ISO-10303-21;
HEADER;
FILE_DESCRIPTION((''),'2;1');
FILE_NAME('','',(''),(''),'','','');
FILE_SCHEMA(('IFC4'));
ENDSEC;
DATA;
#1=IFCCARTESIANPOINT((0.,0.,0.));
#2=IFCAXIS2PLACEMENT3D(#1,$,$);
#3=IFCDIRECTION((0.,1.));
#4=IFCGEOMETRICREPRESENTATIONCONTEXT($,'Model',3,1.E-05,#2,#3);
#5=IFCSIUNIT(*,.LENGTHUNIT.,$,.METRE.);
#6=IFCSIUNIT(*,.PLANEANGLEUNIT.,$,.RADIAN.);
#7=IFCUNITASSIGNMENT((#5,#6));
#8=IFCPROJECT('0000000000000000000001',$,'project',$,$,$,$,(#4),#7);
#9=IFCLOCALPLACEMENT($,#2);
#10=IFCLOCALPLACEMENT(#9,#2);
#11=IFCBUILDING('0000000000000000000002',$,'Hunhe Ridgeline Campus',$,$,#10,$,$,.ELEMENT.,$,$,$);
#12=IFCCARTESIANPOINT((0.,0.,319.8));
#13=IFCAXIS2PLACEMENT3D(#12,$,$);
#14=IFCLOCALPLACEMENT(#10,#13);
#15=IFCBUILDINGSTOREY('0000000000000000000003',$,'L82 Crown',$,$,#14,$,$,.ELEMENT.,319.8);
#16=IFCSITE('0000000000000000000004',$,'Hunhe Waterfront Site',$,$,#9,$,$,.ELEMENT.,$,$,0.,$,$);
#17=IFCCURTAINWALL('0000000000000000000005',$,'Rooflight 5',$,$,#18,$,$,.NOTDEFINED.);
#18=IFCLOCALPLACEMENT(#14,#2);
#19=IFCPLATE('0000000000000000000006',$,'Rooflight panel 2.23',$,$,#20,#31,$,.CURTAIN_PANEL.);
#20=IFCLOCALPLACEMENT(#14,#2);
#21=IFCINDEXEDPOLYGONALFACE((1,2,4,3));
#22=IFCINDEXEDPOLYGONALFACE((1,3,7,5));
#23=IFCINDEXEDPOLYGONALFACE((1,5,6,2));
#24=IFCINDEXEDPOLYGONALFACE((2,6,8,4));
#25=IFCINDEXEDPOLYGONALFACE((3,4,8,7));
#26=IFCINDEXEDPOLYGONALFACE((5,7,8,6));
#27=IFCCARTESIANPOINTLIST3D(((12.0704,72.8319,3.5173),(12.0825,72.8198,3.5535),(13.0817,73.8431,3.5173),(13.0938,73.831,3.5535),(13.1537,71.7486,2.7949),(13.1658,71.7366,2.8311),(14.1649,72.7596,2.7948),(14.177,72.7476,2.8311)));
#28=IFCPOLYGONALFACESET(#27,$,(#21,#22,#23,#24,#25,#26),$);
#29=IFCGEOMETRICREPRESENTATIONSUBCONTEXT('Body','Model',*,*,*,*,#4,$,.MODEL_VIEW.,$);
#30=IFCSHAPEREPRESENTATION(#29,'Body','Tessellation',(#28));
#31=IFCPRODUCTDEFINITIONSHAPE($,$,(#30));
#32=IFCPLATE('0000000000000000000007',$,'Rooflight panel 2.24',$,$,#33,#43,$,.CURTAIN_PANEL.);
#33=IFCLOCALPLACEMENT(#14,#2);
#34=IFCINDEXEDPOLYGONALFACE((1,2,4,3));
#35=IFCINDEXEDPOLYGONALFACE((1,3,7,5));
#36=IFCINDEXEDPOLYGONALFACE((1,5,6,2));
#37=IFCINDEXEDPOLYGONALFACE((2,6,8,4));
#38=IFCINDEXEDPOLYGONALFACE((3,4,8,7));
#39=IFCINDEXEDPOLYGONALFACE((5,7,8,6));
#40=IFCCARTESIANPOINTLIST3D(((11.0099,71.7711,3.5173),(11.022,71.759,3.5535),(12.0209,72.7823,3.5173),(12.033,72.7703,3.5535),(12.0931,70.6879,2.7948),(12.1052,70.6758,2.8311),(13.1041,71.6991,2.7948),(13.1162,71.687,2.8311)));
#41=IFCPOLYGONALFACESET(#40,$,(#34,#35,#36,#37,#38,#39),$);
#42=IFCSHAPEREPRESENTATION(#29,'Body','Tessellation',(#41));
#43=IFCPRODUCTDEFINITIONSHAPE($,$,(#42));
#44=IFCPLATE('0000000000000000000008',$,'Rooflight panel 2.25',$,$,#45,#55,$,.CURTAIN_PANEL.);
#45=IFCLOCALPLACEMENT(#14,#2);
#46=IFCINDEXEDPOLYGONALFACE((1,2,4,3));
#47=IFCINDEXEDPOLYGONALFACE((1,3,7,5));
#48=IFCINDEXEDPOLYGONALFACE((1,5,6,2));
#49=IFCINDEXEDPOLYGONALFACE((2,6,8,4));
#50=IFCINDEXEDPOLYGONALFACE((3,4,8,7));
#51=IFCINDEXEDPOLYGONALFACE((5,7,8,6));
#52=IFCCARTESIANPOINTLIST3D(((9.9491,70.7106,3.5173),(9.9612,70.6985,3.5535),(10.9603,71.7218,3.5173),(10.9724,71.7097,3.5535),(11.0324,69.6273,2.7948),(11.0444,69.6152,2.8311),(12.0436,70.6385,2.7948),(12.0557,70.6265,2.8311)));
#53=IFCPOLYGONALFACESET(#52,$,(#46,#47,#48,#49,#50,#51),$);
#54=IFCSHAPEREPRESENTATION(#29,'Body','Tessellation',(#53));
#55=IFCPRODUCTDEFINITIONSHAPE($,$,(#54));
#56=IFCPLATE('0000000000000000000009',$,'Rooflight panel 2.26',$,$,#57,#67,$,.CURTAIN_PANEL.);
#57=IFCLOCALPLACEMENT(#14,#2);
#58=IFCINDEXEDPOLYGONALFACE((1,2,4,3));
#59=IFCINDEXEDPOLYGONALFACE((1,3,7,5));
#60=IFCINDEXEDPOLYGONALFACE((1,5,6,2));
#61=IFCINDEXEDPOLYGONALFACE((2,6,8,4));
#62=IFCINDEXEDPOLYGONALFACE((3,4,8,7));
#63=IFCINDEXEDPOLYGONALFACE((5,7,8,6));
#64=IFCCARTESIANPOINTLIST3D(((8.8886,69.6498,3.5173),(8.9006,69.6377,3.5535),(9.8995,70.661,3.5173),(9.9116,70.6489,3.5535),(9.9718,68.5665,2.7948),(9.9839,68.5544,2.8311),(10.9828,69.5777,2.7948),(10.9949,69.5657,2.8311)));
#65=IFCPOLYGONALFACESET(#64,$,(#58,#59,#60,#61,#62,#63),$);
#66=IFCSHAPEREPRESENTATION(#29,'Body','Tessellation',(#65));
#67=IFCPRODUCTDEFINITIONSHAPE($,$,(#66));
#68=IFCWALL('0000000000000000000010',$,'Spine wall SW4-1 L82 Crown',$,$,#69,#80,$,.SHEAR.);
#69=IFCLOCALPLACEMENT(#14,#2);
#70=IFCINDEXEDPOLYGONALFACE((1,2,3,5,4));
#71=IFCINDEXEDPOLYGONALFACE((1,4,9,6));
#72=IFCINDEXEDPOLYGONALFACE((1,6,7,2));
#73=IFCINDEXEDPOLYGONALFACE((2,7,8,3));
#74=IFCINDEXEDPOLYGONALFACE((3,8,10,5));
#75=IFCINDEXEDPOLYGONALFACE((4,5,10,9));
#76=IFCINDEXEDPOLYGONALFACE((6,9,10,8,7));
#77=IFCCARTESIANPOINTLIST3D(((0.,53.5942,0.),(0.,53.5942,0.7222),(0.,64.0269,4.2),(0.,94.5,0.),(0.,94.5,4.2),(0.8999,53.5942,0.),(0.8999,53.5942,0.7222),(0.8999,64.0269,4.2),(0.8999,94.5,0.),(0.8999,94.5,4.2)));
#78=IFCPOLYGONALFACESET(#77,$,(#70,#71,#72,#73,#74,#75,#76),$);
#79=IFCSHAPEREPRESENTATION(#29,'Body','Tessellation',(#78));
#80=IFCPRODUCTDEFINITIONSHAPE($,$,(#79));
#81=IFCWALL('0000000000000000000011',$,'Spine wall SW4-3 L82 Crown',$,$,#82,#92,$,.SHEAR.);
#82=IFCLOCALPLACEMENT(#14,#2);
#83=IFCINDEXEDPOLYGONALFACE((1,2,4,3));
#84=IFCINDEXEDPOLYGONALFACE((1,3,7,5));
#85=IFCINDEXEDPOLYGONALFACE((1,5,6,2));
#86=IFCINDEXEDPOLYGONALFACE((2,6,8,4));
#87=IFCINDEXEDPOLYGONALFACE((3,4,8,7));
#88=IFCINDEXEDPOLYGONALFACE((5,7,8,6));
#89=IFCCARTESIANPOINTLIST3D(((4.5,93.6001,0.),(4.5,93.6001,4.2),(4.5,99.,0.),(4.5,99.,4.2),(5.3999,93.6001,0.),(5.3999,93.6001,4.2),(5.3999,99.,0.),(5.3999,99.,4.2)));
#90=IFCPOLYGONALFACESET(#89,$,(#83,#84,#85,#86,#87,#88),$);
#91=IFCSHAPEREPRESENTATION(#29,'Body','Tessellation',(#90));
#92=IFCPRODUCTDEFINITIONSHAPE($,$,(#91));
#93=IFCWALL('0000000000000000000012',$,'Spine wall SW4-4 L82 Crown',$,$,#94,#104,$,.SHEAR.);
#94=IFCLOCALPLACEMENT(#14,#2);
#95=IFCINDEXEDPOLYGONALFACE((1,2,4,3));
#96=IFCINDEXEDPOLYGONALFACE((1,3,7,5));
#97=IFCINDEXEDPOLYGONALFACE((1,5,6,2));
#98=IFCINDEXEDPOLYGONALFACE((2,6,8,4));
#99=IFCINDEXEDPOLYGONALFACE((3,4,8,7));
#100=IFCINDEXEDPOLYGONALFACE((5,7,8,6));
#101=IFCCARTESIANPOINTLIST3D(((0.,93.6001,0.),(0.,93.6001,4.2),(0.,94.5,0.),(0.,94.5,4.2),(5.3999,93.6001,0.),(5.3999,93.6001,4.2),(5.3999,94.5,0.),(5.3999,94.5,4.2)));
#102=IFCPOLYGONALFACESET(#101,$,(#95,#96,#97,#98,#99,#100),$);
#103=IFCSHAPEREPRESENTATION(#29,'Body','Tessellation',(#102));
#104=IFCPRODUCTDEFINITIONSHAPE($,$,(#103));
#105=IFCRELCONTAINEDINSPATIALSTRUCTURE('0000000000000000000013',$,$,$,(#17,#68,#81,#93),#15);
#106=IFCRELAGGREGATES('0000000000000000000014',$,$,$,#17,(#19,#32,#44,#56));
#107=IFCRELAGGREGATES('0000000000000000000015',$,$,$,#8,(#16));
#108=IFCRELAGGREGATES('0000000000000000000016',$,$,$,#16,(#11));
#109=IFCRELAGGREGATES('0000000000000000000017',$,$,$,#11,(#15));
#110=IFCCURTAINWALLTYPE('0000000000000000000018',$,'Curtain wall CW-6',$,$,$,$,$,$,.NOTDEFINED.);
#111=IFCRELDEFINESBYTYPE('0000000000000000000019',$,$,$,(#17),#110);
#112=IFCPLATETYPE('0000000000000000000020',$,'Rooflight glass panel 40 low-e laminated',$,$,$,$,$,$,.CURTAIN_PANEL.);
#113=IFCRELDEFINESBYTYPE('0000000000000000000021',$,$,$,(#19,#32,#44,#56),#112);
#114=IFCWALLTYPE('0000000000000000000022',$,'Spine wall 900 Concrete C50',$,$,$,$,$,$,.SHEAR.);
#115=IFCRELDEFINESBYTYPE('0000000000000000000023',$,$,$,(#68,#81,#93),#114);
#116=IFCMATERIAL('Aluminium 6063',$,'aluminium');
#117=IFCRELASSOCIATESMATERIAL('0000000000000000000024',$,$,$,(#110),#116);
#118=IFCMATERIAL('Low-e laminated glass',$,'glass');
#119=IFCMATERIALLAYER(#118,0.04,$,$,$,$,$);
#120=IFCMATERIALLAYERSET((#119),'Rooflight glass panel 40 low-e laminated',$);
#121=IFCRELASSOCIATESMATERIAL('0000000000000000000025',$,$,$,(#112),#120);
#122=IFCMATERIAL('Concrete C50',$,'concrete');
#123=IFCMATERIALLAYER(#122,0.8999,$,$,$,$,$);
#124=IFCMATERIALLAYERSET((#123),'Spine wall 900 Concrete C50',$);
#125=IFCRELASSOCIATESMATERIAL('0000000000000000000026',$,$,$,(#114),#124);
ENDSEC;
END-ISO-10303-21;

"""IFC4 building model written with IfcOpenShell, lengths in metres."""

from ifc_helpers import new_model, si_unit, direction, frame, origin, place, context, subcontext, project, spatial, polyline, outline, extrude, material, layer, layer_set, type_object, element, aggregate, save


model = new_model("IFC4")

# Units and contexts
model_context = context("Model", 3, precision=1e-05, world=origin(), true_north=direction((0.0, 1.0)))
body_context = subcontext(model_context, "Body", "Model", "MODEL_VIEW")
ifc_project = project(units=[si_unit("LENGTHUNIT", "METRE"), si_unit("PLANEANGLEUNIT", "RADIAN")], contexts=[model_context])

# Site, building, storey
site_placement = place(None, origin())
site = spatial("IfcSite", under=ifc_project, at=site_placement, Name="Hunhe Waterfront Site", CompositionType="ELEMENT", RefElevation=0.0)
building_placement = place(site_placement, origin())
building = spatial("IfcBuilding", under=site, at=building_placement, Name="Hunhe Ridgeline Campus", CompositionType="ELEMENT")
storey_placement = place(building_placement, frame((0.0, 0.0, 319.8)))
storey = spatial("IfcBuildingStorey", under=building, at=storey_placement, Name="L82 Crown", CompositionType="ELEMENT", Elevation=319.8)

# Curtain wall, plates
ifc_material_1 = material(Name="Aluminium 6063", Category="aluminium")
curtain_wall_type = type_object("IfcCurtainWallType", Name="Curtain wall CW-6", PredefinedType="NOTDEFINED", material=ifc_material_1)
curtain_wall_placement = place(storey_placement, origin())
curtain_wall = element("IfcCurtainWall", 1, at=curtain_wall_placement, inside=storey, type_object=curtain_wall_type, Name="Rooflight 5", PredefinedType="NOTDEFINED")
ifc_material_2 = material(Name="Low-e laminated glass", Category="glass")
ifc_layer_1 = layer(ifc_material_2, 0.04)
ifc_layer_set_1 = layer_set([ifc_layer_1], Name="Rooflight glass panel 40 low-e laminated")
plate_type = type_object("IfcPlateType", Name="Rooflight glass panel 40 low-e laminated", PredefinedType="CURTAIN_PANEL", material=ifc_layer_set_1)
plate_1_placement = place(storey_placement, frame((14.177, 72.7476, 2.8311), z_axis=(0.301563, -0.301599, 0.904488), x_axis=(-0.639497, 0.639641, 0.4265)))
plate_1 = element("IfcPlate", 2, at=plate_1_placement, type_object=plate_type, Name="Rooflight panel 2.23", PredefinedType="CURTAIN_PANEL", context=body_context, shape_type="SweptSolid", body=[
    extrude(outline(polyline([(0.0, 0.0), (1.6939, 0.0), (1.6937, 1.4301), (0.0, 1.4299), (0.0, 0.0)])), origin(), (0.0, 0.0, -1.0), 0.04),
])
plate_2_placement = place(storey_placement, frame((13.1162, 71.687, 2.8311), z_axis=(0.301631, -0.301558, 0.904478), x_axis=(-0.639563, 0.639563, 0.426519)))
plate_2 = element("IfcPlate", 3, at=plate_2_placement, type_object=plate_type, Name="Rooflight panel 2.24", PredefinedType="CURTAIN_PANEL", context=body_context, shape_type="SweptSolid", body=[
    extrude(outline(polyline([(0.0, 0.0), (1.6937, 0.0), (1.6936, 1.4299), (-0.0002, 1.4299), (0.0, 0.0)])), origin(), (0.0, 0.0, -1.0), 0.04),
])
plate_3_placement = place(storey_placement, frame((12.0557, 70.6265, 2.8311), z_axis=(0.301595, -0.301595, 0.904478), x_axis=(-0.639563, 0.639563, 0.426519)))
plate_3 = element("IfcPlate", 4, at=plate_3_placement, type_object=plate_type, Name="Rooflight panel 2.25", PredefinedType="CURTAIN_PANEL", context=body_context, shape_type="SweptSolid", body=[
    extrude(outline(polyline([(0.0, 0.0), (1.6937, 0.0), (1.6937, 1.4301), (0.0, 1.4301), (0.0, 0.0)])), origin(), (0.0, 0.0, -1.0), 0.04),
])
plate_4_placement = place(storey_placement, frame((10.9949, 69.5657, 2.8311), z_axis=(0.301631, -0.301558, 0.904478), x_axis=(-0.639563, 0.639563, 0.426519)))
plate_4 = element("IfcPlate", 5, at=plate_4_placement, type_object=plate_type, Name="Rooflight panel 2.26", PredefinedType="CURTAIN_PANEL", context=body_context, shape_type="SweptSolid", body=[
    extrude(outline(polyline([(0.0, 0.0), (1.6937, 0.0), (1.6936, 1.4299), (-0.0002, 1.4299), (0.0, 0.0)])), origin(), (0.0, 0.0, -1.0), 0.04),
])
aggregate(curtain_wall, [plate_1, plate_2, plate_3, plate_4])

# Walls
ifc_material_3 = material(Name="Concrete C50", Category="concrete")
ifc_layer_2 = layer(ifc_material_3, 0.8999)
ifc_layer_set_2 = layer_set([ifc_layer_2], Name="Spine wall 900 Concrete C50")
wall_type = type_object("IfcWallType", Name="Spine wall 900 Concrete C50", PredefinedType="SHEAR", material=ifc_layer_set_2)
wall_placement = place(storey_placement, frame((0.45, 94.5, 0.0), z_axis=(0.0, 0.0, 1.0), x_axis=(0.0, -1.0, 0.0)))
element("IfcWall", 6, at=wall_placement, inside=storey, type_object=wall_type, Name="Spine wall SW4-1 L82 Crown", PredefinedType="SHEAR", context=body_context, shape_type="SweptSolid", body=[
    extrude(outline(polyline([(0.0, 0.0), (40.9058, 0.0), (40.9058, 0.7222), (30.4731, 4.2), (0.0, 4.2), (0.0, 0.0)])), frame((0.0, 0.45, 0.0), z_axis=(0.0, -1.0, 0.0), x_axis=(1.0, 0.0, 0.0)), (0.0, 0.0, 1.0), 0.8999),
])
for number, where, z_axis, x_axis, name in (
    (7, (4.95, 99.0, 0.0), (0.0, 0.0, 1.0), (0.0, -1.0, 0.0), "Spine wall SW4-3 L82 Crown"),
    (8, (5.3999, 94.05, 0.0), (0.0, 0.0, 1.0), (-1.0, 0.0, 0.0), "Spine wall SW4-4 L82 Crown"),
):
    element("IfcWall", number, at=place(storey_placement, frame(where, z_axis=z_axis, x_axis=x_axis)), inside=storey, type_object=wall_type, Name=name, PredefinedType="SHEAR", context=body_context, shape_type="SweptSolid", body=[
        extrude(outline(polyline([(0.0, 0.0), (5.3999, 0.0), (5.3999, 4.2), (0.0, 4.2), (0.0, 0.0)])), frame((0.0, 0.45, 0.0), z_axis=(0.0, -1.0, 0.0), x_axis=(1.0, 0.0, 0.0)), (0.0, 0.0, 1.0), 0.8999),
    ])

save(model, "model.ifc")
